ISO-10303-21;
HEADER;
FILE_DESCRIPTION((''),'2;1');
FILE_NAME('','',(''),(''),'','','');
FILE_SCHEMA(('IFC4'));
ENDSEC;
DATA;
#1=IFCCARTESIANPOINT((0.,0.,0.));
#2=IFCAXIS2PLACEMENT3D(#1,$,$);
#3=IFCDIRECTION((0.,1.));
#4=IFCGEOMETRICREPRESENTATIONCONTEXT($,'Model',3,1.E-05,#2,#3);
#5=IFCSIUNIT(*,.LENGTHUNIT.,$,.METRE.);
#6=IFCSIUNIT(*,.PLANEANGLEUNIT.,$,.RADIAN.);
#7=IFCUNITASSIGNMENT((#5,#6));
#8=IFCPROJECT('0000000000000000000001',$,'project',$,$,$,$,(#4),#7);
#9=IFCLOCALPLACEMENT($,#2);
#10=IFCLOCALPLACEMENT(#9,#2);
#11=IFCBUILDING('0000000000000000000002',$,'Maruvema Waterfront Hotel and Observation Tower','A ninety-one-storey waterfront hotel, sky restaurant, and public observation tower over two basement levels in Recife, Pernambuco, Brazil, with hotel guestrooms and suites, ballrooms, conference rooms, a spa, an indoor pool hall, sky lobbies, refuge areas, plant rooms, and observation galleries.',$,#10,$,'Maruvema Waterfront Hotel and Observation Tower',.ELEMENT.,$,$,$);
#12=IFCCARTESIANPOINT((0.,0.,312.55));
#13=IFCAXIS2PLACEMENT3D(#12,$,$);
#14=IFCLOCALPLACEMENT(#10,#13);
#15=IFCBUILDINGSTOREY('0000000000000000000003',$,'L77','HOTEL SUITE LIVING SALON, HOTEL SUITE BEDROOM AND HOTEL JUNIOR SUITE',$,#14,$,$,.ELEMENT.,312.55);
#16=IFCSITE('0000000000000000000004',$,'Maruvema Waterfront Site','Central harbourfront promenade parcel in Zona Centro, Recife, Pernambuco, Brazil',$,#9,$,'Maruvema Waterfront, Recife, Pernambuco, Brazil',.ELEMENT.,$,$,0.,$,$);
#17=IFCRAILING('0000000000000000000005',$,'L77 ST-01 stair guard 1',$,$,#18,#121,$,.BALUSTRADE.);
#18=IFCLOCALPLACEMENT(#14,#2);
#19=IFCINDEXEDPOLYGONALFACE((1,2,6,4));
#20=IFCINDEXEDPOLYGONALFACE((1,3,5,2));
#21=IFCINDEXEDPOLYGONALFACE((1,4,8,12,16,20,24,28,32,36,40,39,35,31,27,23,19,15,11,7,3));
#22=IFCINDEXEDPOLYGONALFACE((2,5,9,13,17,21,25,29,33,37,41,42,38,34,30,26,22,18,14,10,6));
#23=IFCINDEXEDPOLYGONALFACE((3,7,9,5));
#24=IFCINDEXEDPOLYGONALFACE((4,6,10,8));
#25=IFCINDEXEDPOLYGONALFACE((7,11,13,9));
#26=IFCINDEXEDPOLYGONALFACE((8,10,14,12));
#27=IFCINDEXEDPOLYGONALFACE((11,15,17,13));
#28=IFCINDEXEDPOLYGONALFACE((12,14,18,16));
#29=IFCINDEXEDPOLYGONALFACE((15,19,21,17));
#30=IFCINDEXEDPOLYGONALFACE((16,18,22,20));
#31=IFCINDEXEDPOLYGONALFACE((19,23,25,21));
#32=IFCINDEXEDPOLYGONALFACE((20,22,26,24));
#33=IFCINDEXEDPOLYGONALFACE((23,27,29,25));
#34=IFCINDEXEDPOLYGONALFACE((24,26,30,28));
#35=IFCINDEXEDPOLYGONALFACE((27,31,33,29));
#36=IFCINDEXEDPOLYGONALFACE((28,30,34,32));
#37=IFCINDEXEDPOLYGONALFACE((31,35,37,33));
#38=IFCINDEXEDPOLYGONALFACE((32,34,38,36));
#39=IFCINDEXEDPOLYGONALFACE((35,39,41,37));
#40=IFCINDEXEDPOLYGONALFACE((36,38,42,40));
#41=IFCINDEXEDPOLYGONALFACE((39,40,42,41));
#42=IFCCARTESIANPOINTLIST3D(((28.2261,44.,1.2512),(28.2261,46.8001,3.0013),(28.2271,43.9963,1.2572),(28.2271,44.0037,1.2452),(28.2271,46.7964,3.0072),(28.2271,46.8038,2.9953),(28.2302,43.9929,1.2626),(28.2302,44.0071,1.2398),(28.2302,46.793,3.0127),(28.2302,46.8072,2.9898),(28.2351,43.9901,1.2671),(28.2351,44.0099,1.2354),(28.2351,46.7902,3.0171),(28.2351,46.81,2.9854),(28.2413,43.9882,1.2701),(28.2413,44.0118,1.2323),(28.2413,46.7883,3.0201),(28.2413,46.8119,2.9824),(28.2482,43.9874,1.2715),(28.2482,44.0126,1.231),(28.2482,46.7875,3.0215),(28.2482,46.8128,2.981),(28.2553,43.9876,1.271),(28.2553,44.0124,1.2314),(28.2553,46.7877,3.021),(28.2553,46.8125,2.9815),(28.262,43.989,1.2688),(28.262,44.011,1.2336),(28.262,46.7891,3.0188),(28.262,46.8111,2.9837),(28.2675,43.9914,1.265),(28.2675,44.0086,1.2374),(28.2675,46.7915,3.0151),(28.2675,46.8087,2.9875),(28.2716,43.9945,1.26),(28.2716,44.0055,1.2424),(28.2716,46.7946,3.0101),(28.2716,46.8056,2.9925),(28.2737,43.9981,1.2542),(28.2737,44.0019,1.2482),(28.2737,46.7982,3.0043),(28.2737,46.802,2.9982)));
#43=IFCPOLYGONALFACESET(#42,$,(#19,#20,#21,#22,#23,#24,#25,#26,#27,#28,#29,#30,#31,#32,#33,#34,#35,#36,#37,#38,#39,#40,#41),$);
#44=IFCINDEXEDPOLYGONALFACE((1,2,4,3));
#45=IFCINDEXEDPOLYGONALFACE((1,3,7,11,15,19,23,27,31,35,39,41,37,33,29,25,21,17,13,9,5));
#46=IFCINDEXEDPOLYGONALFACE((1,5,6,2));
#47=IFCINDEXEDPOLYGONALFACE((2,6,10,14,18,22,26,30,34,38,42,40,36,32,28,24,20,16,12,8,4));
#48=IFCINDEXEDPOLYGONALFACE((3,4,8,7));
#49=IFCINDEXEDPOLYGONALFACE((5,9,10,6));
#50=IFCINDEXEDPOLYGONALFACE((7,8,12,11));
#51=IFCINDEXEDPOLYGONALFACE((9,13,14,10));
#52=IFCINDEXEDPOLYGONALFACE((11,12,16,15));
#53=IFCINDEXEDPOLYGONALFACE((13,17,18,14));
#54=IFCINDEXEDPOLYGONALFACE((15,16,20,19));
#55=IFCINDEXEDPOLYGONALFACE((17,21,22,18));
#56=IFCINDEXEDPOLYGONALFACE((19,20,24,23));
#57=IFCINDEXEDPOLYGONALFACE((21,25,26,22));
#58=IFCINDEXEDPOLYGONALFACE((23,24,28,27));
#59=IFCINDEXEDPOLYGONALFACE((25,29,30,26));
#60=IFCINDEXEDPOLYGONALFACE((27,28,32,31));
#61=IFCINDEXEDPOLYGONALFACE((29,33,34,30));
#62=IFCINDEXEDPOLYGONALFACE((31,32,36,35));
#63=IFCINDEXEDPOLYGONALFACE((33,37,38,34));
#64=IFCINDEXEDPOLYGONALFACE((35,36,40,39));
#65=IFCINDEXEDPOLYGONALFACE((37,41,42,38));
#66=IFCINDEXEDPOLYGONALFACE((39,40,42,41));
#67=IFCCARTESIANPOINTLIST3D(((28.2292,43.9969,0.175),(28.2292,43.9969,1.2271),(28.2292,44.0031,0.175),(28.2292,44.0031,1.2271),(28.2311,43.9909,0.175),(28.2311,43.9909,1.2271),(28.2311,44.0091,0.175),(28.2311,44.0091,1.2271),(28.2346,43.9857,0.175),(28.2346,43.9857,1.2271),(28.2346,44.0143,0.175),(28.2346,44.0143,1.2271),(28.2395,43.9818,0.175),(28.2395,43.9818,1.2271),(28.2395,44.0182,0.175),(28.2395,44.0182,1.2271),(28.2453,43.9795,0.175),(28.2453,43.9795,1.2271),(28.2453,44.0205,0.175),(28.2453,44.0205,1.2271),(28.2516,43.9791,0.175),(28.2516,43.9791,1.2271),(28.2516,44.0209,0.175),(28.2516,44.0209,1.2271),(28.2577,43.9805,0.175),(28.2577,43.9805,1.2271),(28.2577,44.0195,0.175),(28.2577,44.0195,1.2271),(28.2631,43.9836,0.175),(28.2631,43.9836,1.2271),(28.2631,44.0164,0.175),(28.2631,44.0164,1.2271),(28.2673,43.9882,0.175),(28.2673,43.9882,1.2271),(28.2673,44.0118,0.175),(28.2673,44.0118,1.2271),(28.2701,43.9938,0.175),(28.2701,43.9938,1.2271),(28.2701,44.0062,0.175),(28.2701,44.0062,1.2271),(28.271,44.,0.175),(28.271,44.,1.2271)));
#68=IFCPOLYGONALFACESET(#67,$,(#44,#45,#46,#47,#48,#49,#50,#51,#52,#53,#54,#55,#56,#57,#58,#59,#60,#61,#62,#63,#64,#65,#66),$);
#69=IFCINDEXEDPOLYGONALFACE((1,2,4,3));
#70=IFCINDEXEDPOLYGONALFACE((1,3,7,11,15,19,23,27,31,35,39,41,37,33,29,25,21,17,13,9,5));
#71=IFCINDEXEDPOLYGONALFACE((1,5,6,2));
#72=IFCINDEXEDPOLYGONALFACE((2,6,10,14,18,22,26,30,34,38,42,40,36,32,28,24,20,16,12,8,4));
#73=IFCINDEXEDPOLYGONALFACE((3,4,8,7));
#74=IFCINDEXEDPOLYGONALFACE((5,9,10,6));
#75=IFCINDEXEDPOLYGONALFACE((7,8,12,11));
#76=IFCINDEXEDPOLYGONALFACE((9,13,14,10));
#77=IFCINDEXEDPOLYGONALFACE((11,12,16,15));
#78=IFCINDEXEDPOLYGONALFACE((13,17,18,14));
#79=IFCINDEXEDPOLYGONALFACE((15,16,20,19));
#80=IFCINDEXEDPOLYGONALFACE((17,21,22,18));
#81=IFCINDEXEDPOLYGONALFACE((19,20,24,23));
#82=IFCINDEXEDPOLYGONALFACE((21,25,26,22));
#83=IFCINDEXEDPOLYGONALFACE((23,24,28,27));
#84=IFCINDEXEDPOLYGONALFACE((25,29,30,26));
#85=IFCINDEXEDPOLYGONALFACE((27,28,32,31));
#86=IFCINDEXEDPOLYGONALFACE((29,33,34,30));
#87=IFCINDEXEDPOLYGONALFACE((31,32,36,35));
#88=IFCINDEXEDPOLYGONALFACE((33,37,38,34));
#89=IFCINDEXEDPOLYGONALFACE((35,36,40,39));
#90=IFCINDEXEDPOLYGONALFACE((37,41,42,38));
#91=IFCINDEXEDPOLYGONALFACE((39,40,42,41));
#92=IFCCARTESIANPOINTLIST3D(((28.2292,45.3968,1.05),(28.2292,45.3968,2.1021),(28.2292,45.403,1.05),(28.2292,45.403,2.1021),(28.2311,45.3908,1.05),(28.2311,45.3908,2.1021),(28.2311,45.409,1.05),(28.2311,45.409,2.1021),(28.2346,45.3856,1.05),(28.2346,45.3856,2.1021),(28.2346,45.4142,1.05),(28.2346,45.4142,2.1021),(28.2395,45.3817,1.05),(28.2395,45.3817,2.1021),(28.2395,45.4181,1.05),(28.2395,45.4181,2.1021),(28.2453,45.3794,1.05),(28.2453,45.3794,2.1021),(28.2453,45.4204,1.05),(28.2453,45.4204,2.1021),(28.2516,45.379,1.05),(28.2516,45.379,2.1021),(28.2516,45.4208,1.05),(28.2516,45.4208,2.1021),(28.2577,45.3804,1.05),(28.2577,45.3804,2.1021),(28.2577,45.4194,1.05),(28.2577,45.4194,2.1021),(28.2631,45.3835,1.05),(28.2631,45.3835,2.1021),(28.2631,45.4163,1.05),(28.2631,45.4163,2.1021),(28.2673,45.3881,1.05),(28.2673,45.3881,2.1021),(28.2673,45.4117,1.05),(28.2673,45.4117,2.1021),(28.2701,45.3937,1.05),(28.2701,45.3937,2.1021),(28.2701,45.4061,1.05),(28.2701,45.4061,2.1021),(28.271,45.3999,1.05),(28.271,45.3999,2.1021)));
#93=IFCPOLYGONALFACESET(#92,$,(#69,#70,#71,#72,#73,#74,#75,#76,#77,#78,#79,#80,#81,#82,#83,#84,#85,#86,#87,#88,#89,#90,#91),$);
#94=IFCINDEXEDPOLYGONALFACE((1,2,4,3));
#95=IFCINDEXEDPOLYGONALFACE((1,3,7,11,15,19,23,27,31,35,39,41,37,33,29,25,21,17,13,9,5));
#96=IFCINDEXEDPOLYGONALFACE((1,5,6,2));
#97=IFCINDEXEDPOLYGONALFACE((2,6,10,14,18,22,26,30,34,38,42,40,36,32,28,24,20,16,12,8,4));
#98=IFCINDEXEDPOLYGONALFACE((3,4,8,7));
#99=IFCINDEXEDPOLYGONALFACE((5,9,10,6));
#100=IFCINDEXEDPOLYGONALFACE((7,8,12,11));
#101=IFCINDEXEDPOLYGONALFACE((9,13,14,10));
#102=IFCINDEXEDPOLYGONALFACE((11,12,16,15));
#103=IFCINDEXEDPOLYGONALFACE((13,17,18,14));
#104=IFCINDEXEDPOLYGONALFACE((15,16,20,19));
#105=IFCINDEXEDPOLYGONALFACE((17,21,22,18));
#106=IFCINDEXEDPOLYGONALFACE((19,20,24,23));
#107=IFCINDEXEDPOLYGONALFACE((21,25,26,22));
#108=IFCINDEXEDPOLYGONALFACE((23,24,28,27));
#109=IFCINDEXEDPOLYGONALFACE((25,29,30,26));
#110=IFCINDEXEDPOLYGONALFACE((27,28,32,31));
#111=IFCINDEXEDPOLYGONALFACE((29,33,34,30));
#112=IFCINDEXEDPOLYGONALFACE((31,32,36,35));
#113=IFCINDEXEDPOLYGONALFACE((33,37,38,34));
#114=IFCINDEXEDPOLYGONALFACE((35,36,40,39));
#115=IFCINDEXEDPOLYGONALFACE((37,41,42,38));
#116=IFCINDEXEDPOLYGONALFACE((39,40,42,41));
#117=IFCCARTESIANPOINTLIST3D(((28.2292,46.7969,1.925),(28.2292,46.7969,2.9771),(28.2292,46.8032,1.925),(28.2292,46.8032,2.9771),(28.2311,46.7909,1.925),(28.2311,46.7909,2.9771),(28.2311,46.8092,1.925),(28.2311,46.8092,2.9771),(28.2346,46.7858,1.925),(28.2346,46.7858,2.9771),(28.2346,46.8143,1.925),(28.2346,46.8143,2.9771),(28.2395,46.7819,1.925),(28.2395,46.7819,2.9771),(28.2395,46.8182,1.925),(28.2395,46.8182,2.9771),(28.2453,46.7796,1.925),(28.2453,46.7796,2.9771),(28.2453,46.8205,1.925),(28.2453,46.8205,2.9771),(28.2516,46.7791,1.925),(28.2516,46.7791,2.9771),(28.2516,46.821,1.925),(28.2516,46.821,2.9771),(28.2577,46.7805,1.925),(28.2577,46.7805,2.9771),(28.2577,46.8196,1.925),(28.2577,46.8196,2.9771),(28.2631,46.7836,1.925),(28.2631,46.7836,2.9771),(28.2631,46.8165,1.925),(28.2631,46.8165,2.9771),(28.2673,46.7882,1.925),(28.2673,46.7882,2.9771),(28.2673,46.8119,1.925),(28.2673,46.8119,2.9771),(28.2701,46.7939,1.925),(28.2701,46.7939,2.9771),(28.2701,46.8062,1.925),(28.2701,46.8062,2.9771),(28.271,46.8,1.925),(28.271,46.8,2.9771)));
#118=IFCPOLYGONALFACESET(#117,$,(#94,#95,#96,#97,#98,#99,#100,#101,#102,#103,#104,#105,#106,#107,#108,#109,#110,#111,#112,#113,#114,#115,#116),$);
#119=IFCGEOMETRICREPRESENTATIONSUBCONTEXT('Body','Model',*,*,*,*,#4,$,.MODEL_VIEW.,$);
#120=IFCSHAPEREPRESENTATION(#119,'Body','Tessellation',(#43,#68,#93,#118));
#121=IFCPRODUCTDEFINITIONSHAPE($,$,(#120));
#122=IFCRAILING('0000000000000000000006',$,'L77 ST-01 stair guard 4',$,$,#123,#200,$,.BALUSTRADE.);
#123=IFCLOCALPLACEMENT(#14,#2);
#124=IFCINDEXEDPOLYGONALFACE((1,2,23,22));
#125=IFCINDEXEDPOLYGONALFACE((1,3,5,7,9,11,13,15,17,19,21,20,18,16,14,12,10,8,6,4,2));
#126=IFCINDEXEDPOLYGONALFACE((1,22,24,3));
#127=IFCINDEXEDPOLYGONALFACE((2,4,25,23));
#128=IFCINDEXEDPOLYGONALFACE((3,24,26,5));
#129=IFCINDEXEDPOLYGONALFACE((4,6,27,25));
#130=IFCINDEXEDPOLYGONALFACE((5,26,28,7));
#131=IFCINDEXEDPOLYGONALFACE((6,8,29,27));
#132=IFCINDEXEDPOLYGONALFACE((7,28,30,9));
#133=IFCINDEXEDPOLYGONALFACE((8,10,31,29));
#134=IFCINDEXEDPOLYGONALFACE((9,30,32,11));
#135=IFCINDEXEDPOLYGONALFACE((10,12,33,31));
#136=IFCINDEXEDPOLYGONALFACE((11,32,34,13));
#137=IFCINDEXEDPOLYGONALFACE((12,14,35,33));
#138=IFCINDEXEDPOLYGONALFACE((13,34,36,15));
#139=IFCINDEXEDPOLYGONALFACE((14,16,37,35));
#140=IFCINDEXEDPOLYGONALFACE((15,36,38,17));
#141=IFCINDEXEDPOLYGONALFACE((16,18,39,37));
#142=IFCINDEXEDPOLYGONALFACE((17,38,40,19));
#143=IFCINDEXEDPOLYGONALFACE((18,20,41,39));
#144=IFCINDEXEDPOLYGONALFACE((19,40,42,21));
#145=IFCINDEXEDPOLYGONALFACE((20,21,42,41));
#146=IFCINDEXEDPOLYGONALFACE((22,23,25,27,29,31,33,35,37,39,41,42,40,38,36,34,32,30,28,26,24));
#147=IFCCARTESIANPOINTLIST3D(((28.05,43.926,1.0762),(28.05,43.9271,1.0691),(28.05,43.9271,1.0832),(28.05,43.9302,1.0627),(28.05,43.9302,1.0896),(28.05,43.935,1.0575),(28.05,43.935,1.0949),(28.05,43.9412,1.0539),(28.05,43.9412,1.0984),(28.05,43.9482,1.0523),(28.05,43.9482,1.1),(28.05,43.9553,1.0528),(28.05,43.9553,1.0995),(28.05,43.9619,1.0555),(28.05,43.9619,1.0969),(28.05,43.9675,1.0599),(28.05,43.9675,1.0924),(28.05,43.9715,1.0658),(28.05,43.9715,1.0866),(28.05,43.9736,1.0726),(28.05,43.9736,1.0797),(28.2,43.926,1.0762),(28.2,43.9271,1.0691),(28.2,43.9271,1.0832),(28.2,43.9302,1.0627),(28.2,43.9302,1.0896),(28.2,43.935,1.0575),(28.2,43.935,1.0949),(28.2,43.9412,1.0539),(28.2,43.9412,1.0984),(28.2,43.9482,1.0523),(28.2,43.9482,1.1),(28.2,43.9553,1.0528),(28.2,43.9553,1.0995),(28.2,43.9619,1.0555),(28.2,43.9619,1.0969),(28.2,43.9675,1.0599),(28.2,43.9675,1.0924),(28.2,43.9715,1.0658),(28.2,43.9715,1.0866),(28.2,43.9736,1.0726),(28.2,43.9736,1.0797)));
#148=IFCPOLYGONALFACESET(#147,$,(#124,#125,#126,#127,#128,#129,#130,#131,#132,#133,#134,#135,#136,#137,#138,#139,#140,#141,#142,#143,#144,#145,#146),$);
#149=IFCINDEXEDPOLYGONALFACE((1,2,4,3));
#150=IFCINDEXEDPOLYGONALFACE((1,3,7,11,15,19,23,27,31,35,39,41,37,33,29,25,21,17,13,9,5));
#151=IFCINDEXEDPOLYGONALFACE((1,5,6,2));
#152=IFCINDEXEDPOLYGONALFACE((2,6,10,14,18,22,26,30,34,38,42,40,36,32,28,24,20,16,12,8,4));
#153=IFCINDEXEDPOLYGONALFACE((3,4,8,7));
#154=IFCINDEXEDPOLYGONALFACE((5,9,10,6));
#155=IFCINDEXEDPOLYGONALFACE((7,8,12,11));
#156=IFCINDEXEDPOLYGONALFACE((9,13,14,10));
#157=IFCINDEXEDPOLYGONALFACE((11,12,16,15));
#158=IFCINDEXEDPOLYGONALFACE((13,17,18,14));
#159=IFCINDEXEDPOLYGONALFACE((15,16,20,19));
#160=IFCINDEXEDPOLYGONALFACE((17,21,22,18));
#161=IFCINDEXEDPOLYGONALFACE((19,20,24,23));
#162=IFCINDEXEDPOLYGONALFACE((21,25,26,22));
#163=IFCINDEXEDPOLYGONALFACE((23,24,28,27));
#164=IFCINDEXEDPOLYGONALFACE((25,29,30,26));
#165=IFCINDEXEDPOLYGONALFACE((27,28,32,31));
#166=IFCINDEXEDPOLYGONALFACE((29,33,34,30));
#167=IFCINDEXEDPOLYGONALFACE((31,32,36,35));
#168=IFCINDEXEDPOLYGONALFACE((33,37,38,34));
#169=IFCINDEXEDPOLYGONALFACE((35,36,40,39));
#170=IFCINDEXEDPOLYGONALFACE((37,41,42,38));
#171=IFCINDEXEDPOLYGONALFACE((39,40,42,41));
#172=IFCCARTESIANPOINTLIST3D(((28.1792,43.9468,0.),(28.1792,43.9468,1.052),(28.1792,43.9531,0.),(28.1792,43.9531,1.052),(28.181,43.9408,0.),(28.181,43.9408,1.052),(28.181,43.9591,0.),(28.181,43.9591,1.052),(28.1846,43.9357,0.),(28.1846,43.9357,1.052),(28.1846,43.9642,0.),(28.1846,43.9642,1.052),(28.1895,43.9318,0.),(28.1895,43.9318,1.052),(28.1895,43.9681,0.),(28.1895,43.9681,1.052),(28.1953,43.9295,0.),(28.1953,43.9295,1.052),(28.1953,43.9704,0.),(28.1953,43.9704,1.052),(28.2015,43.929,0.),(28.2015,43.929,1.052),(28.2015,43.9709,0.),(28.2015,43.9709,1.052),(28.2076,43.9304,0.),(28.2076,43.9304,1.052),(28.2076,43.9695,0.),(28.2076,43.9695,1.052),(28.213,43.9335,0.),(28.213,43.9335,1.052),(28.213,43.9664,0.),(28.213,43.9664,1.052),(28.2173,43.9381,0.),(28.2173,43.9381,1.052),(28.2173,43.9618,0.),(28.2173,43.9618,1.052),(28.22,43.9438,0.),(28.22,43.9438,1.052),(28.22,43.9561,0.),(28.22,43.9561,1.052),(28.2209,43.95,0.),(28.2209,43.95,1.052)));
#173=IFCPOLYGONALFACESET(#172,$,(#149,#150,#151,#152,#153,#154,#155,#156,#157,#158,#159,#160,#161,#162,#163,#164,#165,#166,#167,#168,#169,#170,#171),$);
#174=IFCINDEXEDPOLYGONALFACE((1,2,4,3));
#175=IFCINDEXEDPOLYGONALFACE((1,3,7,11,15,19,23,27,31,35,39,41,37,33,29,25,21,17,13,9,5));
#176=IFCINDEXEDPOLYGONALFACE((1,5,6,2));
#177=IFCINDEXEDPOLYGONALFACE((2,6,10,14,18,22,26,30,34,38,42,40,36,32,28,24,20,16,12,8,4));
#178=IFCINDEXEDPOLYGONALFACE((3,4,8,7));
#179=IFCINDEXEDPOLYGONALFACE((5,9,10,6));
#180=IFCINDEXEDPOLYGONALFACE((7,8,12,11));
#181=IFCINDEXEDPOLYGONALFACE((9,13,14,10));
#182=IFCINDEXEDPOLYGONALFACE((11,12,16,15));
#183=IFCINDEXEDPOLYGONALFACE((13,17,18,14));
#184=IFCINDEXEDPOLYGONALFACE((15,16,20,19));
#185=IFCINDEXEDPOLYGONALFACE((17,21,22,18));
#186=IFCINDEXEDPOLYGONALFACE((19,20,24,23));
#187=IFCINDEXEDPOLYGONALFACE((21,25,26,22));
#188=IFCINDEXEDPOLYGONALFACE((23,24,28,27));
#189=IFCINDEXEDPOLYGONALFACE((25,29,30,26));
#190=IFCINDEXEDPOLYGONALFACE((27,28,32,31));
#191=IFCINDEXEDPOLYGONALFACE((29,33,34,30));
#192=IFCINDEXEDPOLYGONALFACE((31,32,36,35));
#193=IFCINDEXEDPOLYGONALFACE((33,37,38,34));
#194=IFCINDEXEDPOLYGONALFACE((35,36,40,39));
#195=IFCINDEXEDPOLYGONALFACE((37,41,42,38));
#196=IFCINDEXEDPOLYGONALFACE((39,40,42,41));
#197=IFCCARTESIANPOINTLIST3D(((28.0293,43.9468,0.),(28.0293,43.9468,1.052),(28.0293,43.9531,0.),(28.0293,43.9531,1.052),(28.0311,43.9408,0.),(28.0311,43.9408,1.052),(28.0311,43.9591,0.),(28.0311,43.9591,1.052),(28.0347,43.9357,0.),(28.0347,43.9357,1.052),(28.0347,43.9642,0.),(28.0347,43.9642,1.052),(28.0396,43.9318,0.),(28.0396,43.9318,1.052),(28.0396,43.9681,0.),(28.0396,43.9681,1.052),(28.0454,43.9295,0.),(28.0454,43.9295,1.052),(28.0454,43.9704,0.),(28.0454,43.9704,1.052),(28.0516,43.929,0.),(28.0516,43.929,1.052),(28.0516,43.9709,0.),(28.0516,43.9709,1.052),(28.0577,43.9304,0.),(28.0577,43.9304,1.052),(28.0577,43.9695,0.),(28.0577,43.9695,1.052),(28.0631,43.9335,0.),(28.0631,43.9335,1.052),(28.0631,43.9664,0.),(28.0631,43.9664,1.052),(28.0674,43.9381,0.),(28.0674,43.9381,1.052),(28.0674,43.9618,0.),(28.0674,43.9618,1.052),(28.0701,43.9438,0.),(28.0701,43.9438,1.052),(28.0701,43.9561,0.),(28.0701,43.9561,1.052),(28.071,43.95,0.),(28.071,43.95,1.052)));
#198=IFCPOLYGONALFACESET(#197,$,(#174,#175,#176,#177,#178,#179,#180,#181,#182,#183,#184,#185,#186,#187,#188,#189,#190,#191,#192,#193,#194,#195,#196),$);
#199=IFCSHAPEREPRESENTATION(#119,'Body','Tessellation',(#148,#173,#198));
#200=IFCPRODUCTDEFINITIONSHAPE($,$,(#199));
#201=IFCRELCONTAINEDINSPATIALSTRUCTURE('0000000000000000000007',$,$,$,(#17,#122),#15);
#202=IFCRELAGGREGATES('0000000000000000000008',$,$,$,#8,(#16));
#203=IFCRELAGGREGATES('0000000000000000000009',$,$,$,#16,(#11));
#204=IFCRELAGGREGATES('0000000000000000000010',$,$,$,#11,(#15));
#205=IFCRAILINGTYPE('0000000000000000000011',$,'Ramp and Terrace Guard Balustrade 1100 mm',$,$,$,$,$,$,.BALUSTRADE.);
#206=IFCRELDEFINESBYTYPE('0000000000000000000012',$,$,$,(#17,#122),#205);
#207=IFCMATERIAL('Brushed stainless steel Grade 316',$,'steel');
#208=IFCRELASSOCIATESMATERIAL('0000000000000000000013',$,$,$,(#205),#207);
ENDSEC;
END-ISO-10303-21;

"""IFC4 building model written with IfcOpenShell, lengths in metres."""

from ifc_helpers import new_model, si_unit, direction, frame, origin, origin_2d, place, context, subcontext, project, spatial, circle, extrude, material, type_object, element, save


model = new_model("IFC4")

# Units and contexts
model_context = context("Model", 3, precision=1e-05, world=origin(), true_north=direction((0.0, 1.0)))
body_context = subcontext(model_context, "Body", "Model", "MODEL_VIEW")
ifc_project = project(units=[si_unit("LENGTHUNIT", "METRE"), si_unit("PLANEANGLEUNIT", "RADIAN")], contexts=[model_context])

# Site, building, storey
site_placement = place(None, origin())
site = spatial("IfcSite", under=ifc_project, at=site_placement, Name="Maruvema Waterfront Site", Description="Central harbourfront promenade parcel in Zona Centro, Recife, Pernambuco, Brazil", LongName="Maruvema Waterfront, Recife, Pernambuco, Brazil", CompositionType="ELEMENT", RefElevation=0.0)
building_placement = place(site_placement, origin())
building = spatial("IfcBuilding", under=site, at=building_placement, Name="Maruvema Waterfront Hotel and Observation Tower", Description="A ninety-one-storey waterfront hotel, sky restaurant, and public observation tower over two basement levels in Recife, Pernambuco, Brazil, with hotel guestrooms and suites, ballrooms, conference rooms, a spa, an indoor pool hall, sky lobbies, refuge areas, plant rooms, and observation galleries.", LongName="Maruvema Waterfront Hotel and Observation Tower", CompositionType="ELEMENT")
storey_placement = place(building_placement, frame((0.0, 0.0, 312.55)))
storey = spatial("IfcBuildingStorey", under=building, at=storey_placement, Name="L77", Description="HOTEL SUITE LIVING SALON, HOTEL SUITE BEDROOM AND HOTEL JUNIOR SUITE", CompositionType="ELEMENT", Elevation=312.55)

# Railings
ifc_material_1 = material(Name="Brushed stainless steel Grade 316", Category="steel")
railing_type_1 = type_object("IfcRailingType", Name="Ramp and Terrace Guard Balustrade 1100 mm", PredefinedType="BALUSTRADE", material=ifc_material_1)
railing_1_placement = place(storey_placement, frame((28.25, 44.0, 0.175)))
element("IfcRailing", 1, at=railing_1_placement, inside=storey, type_object=railing_type_1, Name="L77 ST-01 stair guard 1", PredefinedType="BALUSTRADE", context=body_context, shape_type="SweptSolid", body=[
    extrude(circle(Radius=0.0239, at=origin_2d()), frame((0.0, 0.0, 1.0762), z_axis=(0.0, 0.848002, 0.529992), x_axis=(-1.0, 0.0, 0.0)), (0.0, 0.0, 1.0), 3.302),
    extrude(circle(Radius=0.021, at=origin_2d()), origin(), (0.0, 0.0, 1.0), 1.052),
    extrude(circle(Radius=0.021, at=origin_2d()), frame((0.0, 1.3999, 0.875)), (0.0, 0.0, 1.0), 1.052),
    extrude(circle(Radius=0.021, at=origin_2d()), frame((0.0, 2.8, 1.75)), (0.0, 0.0, 1.0), 1.052),
])
railing_2_placement = place(storey_placement, frame((28.2, 43.95, 0.0)))
element("IfcRailing", 2, at=railing_2_placement, inside=storey, type_object=railing_type_1, Name="L77 ST-01 stair guard 4", PredefinedType="BALUSTRADE", context=body_context, shape_type="SweptSolid", body=[
    extrude(circle(Radius=0.0239, at=origin_2d()), frame((0.0, 0.0, 1.0762), z_axis=(-1.0, 0.0, 0.0), x_axis=(0.0, -1.0, 0.0)), (0.0, 0.0, 1.0), 0.1499),
    extrude(circle(Radius=0.021, at=origin_2d()), origin(), (0.0, 0.0, 1.0), 1.052),
    extrude(circle(Radius=0.021, at=origin_2d()), frame((-0.1499, 0.0, 0.0)), (0.0, 0.0, 1.0), 1.052),
])

save(model, "model.ifc")
